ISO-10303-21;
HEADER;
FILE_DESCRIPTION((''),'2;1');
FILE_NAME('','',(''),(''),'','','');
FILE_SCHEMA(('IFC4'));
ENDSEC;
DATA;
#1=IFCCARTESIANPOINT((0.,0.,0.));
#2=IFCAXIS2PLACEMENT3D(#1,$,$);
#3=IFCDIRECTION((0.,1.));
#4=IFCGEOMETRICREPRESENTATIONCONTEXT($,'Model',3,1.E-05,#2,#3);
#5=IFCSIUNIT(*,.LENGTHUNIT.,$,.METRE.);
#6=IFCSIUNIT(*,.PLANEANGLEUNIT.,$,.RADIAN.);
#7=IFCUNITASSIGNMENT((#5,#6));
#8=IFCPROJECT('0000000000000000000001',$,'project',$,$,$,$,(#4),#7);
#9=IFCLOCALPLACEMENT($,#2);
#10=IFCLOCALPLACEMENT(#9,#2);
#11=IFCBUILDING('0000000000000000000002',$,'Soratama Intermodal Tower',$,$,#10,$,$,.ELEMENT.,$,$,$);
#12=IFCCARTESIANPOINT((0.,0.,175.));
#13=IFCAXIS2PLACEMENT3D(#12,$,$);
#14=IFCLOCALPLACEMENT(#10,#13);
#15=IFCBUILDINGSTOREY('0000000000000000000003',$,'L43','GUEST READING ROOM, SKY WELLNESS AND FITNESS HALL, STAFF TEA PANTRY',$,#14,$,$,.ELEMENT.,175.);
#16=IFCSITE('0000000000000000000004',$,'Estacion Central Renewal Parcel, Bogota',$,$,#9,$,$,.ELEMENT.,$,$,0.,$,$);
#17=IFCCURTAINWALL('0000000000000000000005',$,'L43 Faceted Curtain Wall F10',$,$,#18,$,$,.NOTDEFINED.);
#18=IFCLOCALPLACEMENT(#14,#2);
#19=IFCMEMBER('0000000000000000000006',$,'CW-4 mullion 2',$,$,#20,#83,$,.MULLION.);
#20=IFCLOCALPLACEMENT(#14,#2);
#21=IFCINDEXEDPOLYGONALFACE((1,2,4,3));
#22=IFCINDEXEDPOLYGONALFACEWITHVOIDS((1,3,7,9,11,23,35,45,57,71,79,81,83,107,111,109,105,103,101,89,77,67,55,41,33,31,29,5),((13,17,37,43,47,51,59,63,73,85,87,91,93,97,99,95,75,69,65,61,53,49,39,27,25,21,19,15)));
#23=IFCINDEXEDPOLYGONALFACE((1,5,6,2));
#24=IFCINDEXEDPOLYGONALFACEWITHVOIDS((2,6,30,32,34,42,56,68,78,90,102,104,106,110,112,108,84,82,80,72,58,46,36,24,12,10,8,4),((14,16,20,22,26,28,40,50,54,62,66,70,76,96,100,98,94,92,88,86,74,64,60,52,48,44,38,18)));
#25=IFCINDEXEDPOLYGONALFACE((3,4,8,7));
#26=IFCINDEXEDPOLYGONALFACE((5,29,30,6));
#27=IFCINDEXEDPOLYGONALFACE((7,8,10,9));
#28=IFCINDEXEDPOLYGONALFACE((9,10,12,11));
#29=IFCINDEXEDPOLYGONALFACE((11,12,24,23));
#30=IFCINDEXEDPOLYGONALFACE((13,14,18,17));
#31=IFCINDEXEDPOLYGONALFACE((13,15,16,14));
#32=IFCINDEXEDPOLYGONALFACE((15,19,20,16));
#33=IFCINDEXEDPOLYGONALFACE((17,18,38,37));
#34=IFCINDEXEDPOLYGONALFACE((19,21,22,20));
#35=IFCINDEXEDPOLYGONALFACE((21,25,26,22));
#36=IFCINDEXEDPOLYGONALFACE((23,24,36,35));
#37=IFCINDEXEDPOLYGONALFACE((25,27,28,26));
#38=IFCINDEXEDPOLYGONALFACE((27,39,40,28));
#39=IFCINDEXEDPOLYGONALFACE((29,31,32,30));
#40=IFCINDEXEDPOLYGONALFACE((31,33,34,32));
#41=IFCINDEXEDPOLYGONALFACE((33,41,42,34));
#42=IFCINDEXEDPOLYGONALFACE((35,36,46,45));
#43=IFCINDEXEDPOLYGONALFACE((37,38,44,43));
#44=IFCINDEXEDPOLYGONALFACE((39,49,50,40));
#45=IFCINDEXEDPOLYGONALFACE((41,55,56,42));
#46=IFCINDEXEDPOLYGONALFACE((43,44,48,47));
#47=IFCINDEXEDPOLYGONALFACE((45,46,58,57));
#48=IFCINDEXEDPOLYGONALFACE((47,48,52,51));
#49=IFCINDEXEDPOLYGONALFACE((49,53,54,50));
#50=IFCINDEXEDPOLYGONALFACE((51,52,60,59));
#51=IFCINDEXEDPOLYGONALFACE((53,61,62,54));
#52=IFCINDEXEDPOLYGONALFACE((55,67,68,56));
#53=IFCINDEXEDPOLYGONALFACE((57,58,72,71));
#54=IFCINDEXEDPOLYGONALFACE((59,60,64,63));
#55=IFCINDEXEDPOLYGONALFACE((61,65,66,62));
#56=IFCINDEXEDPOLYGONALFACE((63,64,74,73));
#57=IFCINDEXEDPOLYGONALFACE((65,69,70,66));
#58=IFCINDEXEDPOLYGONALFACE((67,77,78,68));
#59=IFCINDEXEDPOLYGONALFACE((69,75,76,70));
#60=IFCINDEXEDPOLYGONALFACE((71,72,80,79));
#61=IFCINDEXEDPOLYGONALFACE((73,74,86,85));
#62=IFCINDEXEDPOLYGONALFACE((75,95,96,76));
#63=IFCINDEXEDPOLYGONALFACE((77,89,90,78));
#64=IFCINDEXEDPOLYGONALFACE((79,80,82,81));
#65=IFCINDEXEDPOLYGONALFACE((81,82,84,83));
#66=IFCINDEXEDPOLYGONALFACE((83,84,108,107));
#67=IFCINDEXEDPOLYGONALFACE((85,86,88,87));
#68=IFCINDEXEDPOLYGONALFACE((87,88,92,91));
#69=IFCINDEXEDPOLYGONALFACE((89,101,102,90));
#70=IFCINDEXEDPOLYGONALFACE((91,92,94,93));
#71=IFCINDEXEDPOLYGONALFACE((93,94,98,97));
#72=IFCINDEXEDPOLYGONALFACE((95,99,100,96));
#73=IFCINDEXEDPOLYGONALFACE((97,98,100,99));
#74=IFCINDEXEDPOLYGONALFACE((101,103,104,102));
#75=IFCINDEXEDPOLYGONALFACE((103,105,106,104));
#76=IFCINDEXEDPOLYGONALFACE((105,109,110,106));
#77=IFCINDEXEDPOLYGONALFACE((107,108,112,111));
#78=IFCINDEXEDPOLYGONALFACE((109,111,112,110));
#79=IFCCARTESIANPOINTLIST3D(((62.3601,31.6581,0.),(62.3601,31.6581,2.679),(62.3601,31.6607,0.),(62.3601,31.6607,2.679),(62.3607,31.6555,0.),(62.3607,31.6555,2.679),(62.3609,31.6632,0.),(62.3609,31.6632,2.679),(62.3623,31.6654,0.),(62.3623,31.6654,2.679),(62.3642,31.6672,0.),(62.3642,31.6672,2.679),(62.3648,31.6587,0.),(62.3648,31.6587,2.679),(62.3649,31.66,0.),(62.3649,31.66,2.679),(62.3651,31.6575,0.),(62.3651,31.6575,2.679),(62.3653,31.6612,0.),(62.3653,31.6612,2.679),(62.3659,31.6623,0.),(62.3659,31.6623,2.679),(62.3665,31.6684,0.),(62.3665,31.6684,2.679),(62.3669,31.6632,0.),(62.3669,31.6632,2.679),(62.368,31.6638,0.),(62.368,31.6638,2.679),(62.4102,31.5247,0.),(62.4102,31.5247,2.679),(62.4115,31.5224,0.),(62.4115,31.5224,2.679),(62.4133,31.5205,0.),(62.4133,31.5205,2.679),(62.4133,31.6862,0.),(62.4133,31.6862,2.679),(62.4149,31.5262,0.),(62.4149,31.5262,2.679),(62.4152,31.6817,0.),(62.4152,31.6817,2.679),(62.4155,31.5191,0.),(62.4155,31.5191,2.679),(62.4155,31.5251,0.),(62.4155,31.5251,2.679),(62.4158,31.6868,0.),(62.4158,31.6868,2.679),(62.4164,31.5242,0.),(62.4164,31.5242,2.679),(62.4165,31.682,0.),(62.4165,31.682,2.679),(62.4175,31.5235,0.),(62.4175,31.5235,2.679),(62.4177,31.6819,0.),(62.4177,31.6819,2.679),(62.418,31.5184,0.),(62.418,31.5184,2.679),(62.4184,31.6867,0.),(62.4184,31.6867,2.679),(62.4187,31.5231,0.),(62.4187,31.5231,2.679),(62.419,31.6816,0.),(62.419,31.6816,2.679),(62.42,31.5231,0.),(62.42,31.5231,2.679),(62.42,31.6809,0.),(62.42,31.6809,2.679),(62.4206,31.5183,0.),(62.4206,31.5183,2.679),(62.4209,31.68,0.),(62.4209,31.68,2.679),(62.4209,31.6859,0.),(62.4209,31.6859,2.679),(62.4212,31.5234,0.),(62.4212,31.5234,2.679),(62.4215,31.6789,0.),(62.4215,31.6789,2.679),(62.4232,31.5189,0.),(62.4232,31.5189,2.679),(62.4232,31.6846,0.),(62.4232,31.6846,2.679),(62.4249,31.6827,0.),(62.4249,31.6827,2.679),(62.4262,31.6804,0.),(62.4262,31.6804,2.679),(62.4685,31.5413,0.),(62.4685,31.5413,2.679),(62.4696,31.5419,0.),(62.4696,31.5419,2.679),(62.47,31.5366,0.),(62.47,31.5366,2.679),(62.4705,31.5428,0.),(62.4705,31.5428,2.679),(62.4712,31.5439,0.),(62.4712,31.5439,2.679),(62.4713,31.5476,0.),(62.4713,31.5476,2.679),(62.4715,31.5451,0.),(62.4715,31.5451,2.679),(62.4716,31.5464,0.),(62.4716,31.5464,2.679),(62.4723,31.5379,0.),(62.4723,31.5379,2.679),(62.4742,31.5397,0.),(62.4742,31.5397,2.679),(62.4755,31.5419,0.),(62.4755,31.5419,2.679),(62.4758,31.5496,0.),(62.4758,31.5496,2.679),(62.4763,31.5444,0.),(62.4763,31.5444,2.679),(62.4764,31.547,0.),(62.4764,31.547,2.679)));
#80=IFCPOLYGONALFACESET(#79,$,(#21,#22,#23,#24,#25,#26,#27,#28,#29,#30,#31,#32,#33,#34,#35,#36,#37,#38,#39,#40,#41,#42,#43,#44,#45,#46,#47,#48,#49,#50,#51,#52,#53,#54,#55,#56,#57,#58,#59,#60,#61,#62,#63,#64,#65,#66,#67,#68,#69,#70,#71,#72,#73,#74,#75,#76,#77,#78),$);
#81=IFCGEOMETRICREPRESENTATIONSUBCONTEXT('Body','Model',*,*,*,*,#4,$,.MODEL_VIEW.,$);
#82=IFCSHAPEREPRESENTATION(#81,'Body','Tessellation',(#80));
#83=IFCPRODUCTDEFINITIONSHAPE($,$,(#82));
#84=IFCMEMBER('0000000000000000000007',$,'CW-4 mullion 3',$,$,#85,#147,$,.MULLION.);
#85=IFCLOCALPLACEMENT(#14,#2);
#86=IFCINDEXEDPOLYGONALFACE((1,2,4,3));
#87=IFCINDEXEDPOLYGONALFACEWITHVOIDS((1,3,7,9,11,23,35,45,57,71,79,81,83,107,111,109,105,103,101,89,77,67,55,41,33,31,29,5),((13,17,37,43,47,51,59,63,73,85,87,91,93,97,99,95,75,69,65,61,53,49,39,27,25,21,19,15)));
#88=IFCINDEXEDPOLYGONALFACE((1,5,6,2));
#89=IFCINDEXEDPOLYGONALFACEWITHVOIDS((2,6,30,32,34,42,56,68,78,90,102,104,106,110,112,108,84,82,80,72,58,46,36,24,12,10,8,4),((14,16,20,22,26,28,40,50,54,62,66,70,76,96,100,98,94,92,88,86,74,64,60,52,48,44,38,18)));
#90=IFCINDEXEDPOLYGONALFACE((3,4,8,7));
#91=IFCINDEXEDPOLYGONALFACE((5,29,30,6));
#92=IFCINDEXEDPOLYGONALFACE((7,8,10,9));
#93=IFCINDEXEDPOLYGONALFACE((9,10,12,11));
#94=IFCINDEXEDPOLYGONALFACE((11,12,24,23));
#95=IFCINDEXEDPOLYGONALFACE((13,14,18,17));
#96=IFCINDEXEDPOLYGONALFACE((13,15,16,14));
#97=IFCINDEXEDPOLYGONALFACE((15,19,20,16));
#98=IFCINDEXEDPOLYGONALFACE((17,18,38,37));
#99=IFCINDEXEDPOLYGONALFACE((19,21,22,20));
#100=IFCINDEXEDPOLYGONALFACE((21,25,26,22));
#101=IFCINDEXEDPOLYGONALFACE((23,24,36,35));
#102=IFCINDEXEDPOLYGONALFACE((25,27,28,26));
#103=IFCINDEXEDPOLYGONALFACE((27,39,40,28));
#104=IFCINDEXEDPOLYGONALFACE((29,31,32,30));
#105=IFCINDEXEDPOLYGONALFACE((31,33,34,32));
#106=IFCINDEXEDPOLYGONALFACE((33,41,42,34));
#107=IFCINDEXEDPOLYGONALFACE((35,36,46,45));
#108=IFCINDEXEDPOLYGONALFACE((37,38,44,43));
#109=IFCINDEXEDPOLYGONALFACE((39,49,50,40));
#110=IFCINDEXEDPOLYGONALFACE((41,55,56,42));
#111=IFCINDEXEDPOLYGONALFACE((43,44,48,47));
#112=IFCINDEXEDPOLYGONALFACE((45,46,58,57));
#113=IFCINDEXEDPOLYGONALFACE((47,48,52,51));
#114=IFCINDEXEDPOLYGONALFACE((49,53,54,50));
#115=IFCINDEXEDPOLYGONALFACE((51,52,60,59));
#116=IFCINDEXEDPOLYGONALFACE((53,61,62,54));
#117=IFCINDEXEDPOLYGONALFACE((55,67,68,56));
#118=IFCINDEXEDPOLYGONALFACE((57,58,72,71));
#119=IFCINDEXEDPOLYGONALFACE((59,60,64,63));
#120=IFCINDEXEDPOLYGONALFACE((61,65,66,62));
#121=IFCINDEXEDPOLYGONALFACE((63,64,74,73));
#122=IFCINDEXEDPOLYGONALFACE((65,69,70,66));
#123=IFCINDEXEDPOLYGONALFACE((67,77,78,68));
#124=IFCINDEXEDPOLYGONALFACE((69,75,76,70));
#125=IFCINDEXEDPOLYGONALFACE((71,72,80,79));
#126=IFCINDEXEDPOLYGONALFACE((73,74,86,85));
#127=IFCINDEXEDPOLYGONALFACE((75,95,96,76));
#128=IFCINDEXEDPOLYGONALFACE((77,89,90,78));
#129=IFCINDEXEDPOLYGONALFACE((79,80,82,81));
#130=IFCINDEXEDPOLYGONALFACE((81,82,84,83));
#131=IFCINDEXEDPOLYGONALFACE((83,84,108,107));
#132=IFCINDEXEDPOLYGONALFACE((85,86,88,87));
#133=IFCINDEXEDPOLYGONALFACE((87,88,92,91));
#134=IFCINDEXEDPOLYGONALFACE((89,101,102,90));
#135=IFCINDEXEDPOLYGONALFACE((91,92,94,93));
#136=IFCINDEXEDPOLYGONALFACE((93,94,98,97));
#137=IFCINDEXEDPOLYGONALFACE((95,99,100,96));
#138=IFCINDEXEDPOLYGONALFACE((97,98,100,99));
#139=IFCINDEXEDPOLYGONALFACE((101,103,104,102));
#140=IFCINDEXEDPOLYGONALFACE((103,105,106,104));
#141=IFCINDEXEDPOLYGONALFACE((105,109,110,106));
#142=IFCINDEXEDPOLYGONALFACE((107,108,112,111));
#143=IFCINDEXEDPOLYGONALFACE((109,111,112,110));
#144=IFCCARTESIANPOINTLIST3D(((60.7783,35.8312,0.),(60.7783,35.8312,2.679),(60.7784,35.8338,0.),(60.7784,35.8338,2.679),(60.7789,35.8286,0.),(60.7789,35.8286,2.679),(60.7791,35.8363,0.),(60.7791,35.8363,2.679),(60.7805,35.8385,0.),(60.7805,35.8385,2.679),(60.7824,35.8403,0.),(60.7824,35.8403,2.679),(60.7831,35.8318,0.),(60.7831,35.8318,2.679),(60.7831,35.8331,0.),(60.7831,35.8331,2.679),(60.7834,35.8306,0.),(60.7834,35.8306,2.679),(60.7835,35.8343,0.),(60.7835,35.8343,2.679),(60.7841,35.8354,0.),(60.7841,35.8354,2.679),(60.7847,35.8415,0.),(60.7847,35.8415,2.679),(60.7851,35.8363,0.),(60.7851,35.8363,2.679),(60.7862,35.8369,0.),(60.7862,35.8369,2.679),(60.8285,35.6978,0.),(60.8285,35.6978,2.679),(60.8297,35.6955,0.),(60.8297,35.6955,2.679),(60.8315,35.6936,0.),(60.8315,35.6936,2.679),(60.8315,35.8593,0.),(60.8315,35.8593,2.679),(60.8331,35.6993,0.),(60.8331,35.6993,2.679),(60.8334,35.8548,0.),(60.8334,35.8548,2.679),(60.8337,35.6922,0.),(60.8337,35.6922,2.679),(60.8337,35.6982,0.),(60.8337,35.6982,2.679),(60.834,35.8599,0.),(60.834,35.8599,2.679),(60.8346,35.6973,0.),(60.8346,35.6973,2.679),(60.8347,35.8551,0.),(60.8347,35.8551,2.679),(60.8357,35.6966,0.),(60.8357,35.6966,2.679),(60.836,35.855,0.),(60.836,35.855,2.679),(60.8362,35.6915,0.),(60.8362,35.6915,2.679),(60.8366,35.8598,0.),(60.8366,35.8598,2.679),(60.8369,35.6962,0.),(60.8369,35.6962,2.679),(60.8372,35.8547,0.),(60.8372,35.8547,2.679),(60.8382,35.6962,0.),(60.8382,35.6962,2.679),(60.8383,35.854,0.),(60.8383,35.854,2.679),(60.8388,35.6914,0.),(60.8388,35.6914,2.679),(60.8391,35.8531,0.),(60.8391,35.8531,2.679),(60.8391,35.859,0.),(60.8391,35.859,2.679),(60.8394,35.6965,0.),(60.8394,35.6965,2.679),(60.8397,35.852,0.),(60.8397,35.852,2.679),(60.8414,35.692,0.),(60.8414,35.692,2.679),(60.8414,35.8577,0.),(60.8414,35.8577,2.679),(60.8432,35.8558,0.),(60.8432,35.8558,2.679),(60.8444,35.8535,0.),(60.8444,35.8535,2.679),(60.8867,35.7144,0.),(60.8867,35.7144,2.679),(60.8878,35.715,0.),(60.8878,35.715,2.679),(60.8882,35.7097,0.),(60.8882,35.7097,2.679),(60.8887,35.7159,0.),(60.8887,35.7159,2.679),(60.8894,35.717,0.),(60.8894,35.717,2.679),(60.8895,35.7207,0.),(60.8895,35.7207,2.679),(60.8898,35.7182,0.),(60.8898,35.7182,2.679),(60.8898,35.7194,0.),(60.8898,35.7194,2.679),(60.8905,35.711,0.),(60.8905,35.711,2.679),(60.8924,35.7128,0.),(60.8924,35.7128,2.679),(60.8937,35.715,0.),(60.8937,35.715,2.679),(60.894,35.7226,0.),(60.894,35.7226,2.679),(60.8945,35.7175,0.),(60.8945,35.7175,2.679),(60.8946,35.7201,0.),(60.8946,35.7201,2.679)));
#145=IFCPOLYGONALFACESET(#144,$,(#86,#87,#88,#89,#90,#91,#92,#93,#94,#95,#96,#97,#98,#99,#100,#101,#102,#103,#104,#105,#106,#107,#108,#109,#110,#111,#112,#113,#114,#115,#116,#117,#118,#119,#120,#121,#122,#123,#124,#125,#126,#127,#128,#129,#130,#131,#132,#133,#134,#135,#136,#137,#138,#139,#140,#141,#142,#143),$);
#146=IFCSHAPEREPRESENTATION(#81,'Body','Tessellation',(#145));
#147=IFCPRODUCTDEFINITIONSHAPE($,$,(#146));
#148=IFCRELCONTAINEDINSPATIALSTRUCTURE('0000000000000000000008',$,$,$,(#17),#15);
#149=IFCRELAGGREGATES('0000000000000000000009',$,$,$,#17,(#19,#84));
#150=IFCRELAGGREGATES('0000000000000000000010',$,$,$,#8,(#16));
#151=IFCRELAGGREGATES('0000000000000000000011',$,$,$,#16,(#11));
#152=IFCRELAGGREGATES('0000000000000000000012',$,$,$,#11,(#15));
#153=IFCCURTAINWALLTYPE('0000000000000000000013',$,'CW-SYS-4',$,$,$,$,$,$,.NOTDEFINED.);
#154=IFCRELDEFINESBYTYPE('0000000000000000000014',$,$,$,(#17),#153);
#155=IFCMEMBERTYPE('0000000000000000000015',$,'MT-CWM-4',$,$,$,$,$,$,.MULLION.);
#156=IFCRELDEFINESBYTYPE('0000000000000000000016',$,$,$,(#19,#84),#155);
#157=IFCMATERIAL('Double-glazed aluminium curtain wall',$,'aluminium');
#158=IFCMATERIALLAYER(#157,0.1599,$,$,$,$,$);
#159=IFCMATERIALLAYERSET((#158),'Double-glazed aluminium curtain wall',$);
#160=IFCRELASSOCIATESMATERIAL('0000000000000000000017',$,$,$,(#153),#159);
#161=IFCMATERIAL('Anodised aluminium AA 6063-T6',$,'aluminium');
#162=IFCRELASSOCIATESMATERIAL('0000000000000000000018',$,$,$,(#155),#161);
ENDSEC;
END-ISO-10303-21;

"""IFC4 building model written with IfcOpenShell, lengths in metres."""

from ifc_helpers import new_model, si_unit, direction, frame, origin, origin_2d, place, context, subcontext, project, spatial, hollow_rectangle, extrude, material, layer, layer_set, material_profile, profile_set, type_object, element, aggregate, save


model = new_model("IFC4")

# Units and contexts
model_context = context("Model", 3, precision=1e-05, world=origin(), true_north=direction((0.0, 1.0)))
body_context = subcontext(model_context, "Body", "Model", "MODEL_VIEW")
ifc_project = project(units=[si_unit("LENGTHUNIT", "METRE"), si_unit("PLANEANGLEUNIT", "RADIAN")], contexts=[model_context])

# Site, building, storey
site_placement = place(None, origin())
site = spatial("IfcSite", under=ifc_project, at=site_placement, Name="Estacion Central Renewal Parcel, Bogota", CompositionType="ELEMENT", RefElevation=0.0)
building_placement = place(site_placement, origin())
building = spatial("IfcBuilding", under=site, at=building_placement, Name="Soratama Intermodal Tower", CompositionType="ELEMENT")
storey_placement = place(building_placement, frame((0.0, 0.0, 175.0)))
storey = spatial("IfcBuildingStorey", under=building, at=storey_placement, Name="L43", Description="GUEST READING ROOM, SKY WELLNESS AND FITNESS HALL, STAFF TEA PANTRY", CompositionType="ELEMENT", Elevation=175.0)

# Shared definitions
ifc_material_1 = material(Name="Double-glazed aluminium curtain wall", Category="aluminium")
ifc_layer_1 = layer(ifc_material_1, 0.1599)
ifc_layer_set_1 = layer_set([ifc_layer_1], Name="Double-glazed aluminium curtain wall")
curtain_wall_type = type_object("IfcCurtainWallType", Name="CW-SYS-4", PredefinedType="NOTDEFINED", material=ifc_layer_set_1)
ifc_material_2 = material(Name="Anodised aluminium AA 6063-T6", Category="aluminium")
ifc_material_profile_1 = material_profile(ifc_material_2, hollow_rectangle(XDim=0.0701, YDim=0.1599, WallThickness=0.0049, InnerFilletRadius=0.0049, OuterFilletRadius=0.01, at=origin_2d()), Name="CWM160X70X5")
ifc_profile_set_1 = profile_set([ifc_material_profile_1], Name="Anodised aluminium AA 6063-T6")
member_type_1 = type_object("IfcMemberType", Name="MT-CWM-4", PredefinedType="MULLION", material=ifc_profile_set_1)

# Curtain wall, members
curtain_wall_1_placement = place(storey_placement, origin())
curtain_wall_1 = element("IfcCurtainWall", 1, at=curtain_wall_1_placement, inside=storey, type_object=curtain_wall_type, Name="L43 Faceted Curtain Wall F10", PredefinedType="NOTDEFINED")
member_1_placement = place(storey_placement, frame((62.4182, 31.6025, 0.0), z_axis=(0.0, 0.0, 1.0), x_axis=(-0.935071, -0.354462, 0.0)))
member_1 = element("IfcMember", 2, at=member_1_placement, type_object=member_type_1, Name="CW-4 mullion 2", PredefinedType="MULLION", context=body_context, shape_type="SweptSolid", body=[
    extrude(hollow_rectangle(XDim=0.0701, YDim=0.1599, WallThickness=0.0049, InnerFilletRadius=0.0049, OuterFilletRadius=0.01, at=origin_2d()), origin(), (0.0, 0.0, 1.0), 2.679),
])
member_2_placement = place(storey_placement, frame((60.8364, 35.7756, 0.0), z_axis=(0.0, 0.0, 1.0), x_axis=(-0.935071, -0.354462, 0.0)))
member_2 = element("IfcMember", 3, at=member_2_placement, type_object=member_type_1, Name="CW-4 mullion 3", PredefinedType="MULLION", context=body_context, shape_type="SweptSolid", body=[
    extrude(hollow_rectangle(XDim=0.0701, YDim=0.1599, WallThickness=0.0049, InnerFilletRadius=0.0049, OuterFilletRadius=0.01, at=origin_2d()), origin(), (0.0, 0.0, 1.0), 2.679),
])

aggregate(curtain_wall_1, [member_1, member_2])

save(model, "model.ifc")
